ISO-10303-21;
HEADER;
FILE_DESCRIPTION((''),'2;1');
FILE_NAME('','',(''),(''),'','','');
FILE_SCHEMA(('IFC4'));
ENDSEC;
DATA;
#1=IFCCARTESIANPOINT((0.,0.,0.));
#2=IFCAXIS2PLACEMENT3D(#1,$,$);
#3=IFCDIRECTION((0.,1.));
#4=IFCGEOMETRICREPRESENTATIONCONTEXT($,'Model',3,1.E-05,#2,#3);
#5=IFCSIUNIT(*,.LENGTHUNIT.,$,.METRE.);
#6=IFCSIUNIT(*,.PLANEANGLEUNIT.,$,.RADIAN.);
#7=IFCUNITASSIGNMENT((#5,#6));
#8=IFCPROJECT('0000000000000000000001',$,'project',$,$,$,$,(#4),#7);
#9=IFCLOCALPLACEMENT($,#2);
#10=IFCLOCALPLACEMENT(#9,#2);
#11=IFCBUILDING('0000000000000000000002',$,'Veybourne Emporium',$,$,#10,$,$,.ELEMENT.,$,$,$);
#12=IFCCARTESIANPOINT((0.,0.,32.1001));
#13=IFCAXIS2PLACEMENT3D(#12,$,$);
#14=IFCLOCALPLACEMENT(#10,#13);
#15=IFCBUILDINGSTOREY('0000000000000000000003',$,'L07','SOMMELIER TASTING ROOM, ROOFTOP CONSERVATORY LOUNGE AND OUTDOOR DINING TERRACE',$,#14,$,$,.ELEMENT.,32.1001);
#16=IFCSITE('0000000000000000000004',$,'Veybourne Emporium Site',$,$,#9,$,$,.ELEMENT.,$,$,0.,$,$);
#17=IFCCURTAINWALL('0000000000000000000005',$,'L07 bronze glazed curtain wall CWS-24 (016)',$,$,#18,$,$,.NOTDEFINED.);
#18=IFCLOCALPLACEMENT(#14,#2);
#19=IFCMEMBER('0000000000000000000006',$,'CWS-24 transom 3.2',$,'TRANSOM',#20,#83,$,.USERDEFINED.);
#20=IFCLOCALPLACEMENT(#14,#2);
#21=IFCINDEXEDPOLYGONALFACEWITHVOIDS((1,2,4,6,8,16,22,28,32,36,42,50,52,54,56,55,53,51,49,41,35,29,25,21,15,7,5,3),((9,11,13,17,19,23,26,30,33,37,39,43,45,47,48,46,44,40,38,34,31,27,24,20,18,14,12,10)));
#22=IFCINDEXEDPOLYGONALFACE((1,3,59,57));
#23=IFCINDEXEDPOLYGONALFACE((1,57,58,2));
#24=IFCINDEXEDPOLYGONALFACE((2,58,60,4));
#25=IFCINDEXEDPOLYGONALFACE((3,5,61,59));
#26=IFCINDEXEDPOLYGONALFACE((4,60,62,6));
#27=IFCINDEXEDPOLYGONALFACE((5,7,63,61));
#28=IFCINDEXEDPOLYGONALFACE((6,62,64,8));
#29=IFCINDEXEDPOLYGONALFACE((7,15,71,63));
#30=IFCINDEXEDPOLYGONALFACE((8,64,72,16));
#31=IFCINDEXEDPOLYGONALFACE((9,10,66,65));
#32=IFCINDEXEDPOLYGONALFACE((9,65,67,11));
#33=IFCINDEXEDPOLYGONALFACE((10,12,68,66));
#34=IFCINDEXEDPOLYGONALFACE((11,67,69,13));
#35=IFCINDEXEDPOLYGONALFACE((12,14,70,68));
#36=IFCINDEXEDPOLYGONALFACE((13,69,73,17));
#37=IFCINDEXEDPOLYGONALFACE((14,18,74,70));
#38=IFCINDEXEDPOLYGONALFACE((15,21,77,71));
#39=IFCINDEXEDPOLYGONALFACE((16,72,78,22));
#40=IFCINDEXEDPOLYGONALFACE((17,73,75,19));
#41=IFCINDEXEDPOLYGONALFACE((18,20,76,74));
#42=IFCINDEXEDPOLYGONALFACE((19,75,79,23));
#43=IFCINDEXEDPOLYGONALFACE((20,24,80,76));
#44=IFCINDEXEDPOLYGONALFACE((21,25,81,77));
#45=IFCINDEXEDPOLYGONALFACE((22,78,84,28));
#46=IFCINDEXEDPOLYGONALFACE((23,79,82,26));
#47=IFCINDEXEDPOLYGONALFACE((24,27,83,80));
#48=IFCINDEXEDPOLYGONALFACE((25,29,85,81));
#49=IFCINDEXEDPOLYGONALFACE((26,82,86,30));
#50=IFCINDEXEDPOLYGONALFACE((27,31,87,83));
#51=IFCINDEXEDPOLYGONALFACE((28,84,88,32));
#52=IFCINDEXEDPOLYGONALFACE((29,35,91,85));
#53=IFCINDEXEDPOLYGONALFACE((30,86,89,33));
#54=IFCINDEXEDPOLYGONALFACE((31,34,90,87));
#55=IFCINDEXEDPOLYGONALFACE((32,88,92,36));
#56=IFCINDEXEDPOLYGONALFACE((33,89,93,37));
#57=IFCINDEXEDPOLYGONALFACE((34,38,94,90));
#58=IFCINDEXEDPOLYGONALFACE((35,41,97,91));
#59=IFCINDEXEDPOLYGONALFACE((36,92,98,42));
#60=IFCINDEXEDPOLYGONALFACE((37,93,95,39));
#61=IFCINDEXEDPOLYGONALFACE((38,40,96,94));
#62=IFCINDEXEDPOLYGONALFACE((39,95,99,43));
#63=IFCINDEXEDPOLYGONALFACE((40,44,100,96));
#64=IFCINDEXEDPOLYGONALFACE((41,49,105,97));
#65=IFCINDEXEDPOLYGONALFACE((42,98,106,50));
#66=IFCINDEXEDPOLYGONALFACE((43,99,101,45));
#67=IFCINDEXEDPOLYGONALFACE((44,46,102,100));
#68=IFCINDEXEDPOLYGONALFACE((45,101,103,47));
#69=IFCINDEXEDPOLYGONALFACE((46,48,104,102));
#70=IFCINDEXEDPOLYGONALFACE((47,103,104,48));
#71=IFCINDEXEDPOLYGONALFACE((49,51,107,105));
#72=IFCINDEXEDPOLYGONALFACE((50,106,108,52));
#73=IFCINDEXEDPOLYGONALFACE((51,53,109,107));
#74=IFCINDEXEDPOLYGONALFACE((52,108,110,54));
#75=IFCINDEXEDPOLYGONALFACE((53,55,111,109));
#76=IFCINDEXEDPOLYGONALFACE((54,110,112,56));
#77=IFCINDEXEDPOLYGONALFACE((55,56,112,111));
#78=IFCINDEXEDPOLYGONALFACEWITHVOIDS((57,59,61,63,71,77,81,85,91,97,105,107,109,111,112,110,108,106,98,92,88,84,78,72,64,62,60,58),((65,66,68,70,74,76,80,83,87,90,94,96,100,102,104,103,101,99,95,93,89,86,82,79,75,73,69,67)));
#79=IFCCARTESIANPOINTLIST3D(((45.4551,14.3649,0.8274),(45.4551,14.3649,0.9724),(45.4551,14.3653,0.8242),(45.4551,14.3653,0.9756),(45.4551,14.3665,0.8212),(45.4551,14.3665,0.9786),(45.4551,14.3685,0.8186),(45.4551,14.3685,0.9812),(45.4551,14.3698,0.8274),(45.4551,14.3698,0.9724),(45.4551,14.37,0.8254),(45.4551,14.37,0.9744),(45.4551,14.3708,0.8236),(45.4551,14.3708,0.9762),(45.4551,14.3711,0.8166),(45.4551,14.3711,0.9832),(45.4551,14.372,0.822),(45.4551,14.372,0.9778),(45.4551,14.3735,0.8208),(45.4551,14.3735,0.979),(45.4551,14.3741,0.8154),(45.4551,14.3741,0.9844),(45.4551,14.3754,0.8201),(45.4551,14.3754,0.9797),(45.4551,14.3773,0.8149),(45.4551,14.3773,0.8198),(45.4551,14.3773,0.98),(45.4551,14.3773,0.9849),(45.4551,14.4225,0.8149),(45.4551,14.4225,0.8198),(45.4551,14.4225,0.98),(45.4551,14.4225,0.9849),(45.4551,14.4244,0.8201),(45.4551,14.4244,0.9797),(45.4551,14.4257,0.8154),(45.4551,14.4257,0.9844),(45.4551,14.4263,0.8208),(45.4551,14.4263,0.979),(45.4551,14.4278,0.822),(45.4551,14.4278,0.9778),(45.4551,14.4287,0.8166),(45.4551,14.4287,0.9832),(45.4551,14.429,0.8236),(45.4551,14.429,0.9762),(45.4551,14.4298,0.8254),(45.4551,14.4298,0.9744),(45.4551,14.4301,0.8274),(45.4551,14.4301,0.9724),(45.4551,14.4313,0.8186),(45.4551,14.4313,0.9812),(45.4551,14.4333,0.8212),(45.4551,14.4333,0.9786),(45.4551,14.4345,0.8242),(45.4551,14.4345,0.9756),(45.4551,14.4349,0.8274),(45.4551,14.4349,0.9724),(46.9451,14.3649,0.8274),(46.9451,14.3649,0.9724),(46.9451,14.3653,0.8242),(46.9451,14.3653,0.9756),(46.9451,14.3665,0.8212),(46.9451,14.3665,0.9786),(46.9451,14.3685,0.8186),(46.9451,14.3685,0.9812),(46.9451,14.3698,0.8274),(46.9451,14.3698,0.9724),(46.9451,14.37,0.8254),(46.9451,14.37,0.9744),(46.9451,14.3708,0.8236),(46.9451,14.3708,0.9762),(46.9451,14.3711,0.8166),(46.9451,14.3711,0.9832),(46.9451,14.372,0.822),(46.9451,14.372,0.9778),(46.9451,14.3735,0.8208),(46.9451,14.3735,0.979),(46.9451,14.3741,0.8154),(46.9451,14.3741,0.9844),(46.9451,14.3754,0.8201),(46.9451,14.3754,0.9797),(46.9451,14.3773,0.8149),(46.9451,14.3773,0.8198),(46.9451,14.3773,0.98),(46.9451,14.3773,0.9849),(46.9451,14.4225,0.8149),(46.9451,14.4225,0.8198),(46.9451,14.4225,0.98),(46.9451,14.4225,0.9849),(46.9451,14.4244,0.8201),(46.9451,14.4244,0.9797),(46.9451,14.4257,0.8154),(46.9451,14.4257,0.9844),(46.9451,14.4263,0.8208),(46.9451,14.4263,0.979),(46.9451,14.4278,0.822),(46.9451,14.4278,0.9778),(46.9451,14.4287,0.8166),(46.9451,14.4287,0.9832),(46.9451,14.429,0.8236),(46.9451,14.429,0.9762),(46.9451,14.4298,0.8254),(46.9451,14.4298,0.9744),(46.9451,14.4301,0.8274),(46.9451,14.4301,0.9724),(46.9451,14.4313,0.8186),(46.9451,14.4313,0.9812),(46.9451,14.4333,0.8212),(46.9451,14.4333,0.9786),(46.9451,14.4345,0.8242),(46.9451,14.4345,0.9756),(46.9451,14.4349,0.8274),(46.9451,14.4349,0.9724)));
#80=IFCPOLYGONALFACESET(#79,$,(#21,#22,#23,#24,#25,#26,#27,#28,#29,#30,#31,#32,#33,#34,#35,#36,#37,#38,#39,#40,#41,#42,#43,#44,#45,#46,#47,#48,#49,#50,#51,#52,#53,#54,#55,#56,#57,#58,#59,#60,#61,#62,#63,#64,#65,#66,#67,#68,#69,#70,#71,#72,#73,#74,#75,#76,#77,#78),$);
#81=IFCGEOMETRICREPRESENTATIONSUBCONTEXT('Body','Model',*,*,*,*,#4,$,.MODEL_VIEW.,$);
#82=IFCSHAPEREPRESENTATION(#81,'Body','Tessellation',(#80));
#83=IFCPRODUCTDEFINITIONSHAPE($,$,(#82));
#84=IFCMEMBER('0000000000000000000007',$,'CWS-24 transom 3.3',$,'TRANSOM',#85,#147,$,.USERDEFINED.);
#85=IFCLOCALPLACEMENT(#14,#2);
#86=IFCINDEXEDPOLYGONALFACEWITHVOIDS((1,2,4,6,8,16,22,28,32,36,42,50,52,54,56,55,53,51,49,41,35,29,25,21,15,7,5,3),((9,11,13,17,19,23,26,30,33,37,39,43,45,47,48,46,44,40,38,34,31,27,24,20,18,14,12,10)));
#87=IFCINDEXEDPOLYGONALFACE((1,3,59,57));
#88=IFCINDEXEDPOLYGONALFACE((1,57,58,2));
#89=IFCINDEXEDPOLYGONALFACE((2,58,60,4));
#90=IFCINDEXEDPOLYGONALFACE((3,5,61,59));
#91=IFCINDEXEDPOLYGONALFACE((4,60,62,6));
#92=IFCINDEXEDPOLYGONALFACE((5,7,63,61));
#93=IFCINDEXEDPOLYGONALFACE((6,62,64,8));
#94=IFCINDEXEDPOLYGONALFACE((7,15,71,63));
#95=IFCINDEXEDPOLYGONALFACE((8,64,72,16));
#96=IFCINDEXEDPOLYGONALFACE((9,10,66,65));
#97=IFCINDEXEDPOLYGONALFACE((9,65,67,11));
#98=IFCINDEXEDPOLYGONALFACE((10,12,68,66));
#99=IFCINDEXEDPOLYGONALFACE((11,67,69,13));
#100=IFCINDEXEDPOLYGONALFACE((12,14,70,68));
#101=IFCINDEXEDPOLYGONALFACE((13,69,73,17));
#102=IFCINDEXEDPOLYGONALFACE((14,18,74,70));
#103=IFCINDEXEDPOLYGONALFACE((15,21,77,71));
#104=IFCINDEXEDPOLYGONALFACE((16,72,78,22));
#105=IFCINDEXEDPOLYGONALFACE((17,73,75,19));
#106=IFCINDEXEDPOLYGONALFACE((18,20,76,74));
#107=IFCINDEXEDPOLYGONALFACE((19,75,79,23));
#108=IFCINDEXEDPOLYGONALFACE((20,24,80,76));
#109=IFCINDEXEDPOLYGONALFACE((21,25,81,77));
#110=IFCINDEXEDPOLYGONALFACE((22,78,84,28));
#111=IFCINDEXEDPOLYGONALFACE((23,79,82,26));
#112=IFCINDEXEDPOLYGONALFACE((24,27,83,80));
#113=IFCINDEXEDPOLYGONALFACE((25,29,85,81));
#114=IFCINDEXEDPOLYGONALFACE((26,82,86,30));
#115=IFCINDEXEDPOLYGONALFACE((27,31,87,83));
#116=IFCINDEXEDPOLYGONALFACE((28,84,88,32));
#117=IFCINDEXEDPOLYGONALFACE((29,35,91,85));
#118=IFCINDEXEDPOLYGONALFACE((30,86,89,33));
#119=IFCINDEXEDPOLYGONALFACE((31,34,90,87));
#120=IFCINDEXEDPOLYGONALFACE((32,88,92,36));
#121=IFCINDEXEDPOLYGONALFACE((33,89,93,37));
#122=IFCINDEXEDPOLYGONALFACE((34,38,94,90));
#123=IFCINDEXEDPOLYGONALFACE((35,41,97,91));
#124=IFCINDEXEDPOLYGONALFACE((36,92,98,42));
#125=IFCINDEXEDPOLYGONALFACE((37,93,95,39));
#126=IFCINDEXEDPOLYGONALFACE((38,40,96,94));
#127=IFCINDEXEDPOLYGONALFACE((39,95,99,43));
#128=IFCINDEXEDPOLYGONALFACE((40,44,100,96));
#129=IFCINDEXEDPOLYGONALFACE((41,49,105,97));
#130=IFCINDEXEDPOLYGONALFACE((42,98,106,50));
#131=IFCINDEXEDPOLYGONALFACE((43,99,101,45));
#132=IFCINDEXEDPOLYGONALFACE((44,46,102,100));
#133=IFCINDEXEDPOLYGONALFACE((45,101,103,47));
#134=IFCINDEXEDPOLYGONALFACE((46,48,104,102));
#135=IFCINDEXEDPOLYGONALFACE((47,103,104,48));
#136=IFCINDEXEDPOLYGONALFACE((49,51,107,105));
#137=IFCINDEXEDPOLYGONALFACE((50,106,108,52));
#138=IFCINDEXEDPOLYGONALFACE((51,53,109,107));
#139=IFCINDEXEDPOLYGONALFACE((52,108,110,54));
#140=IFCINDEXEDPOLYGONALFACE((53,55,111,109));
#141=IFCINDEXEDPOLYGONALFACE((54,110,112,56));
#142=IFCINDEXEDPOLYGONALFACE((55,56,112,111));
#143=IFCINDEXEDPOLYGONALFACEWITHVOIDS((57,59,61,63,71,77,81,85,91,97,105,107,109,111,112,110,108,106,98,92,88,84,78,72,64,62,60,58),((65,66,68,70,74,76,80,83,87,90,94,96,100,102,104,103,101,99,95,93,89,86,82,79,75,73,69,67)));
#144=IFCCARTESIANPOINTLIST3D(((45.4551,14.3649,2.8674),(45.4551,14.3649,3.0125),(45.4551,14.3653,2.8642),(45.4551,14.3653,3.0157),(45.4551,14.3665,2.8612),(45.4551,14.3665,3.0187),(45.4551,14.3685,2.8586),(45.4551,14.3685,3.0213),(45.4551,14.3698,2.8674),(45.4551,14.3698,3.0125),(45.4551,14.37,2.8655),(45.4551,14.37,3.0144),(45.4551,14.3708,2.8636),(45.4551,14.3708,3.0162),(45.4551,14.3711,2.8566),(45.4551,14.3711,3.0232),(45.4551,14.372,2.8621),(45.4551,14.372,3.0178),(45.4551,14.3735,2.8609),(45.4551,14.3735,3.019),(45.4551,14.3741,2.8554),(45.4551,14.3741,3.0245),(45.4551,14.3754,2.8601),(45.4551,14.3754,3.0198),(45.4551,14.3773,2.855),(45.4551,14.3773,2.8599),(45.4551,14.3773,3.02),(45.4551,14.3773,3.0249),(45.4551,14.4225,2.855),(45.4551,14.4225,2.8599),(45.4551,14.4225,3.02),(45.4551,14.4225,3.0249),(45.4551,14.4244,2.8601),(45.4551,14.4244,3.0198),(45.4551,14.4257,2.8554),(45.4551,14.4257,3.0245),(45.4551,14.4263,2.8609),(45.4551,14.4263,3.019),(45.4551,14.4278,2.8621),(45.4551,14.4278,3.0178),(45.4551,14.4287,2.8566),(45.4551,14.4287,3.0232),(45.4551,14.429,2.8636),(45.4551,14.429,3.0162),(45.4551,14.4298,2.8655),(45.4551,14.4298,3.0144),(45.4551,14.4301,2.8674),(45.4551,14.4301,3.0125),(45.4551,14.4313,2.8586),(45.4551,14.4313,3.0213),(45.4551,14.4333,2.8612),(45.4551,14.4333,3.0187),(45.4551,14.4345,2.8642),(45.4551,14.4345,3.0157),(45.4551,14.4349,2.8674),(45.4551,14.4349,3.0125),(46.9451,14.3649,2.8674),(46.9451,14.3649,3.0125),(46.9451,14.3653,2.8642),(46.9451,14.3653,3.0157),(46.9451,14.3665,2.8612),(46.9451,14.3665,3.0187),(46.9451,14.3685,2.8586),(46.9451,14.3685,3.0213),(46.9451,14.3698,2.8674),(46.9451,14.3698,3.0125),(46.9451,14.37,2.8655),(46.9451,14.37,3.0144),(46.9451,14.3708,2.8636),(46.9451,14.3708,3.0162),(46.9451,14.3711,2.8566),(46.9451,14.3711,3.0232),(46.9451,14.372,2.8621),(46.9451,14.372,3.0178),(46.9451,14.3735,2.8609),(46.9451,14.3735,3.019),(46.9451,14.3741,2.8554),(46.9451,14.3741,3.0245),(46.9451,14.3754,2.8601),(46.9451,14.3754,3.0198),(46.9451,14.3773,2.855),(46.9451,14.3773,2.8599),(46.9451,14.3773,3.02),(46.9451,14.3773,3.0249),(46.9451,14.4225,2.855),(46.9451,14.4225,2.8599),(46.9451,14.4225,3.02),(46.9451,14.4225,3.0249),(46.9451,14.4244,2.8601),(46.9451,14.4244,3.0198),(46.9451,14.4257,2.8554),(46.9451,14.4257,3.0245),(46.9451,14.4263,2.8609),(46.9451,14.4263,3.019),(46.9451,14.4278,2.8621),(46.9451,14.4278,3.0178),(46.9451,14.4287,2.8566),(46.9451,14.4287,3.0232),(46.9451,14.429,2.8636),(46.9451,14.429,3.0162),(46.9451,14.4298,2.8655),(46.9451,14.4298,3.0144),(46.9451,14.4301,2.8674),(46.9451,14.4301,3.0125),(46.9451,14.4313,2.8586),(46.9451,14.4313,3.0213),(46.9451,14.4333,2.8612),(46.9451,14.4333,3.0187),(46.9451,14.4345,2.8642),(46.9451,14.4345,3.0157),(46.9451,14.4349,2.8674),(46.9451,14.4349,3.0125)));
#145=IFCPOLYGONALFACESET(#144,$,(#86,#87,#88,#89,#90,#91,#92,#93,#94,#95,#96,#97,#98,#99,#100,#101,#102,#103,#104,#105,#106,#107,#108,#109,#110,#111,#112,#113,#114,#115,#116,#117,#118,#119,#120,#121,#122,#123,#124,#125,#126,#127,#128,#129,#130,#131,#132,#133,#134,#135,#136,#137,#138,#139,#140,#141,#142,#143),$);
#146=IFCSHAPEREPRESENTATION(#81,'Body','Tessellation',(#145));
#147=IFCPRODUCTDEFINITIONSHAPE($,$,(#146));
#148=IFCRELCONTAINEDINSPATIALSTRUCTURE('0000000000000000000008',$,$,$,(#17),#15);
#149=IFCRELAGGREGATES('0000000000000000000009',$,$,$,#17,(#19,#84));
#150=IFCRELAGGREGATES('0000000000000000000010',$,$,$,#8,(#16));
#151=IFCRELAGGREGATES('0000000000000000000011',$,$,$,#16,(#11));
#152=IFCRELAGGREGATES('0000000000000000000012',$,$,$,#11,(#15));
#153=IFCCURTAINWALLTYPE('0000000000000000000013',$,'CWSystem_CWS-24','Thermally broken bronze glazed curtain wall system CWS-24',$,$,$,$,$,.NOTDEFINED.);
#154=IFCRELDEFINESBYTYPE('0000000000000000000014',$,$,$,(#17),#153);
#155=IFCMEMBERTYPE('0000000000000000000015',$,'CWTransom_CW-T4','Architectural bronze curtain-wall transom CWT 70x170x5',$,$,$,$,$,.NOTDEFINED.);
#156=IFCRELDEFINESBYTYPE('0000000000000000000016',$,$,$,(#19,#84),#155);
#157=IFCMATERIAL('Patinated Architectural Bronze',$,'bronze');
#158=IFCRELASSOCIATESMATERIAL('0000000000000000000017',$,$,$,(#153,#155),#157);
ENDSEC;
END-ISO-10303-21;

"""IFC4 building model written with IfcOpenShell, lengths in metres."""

from ifc_helpers import new_model, si_unit, direction, frame, origin, origin_2d, place, context, subcontext, project, spatial, hollow_rectangle, extrude, material, material_profile, profile_set, type_object, element, aggregate, save


model = new_model("IFC4")

# Units and contexts
model_context = context("Model", 3, precision=1e-05, world=origin(), true_north=direction((0.0, 1.0)))
body_context = subcontext(model_context, "Body", "Model", "MODEL_VIEW")
ifc_project = project(units=[si_unit("LENGTHUNIT", "METRE"), si_unit("PLANEANGLEUNIT", "RADIAN")], contexts=[model_context])

# Site, building, storey
site_placement = place(None, origin())
site = spatial("IfcSite", under=ifc_project, at=site_placement, Name="Veybourne Emporium Site", CompositionType="ELEMENT", RefElevation=0.0)
building_placement = place(site_placement, origin())
building = spatial("IfcBuilding", under=site, at=building_placement, Name="Veybourne Emporium", CompositionType="ELEMENT")
storey_placement = place(building_placement, frame((0.0, 0.0, 32.1001)))
storey = spatial("IfcBuildingStorey", under=building, at=storey_placement, Name="L07", Description="SOMMELIER TASTING ROOM, ROOFTOP CONSERVATORY LOUNGE AND OUTDOOR DINING TERRACE", CompositionType="ELEMENT", Elevation=32.1001)

# Curtain wall, members
ifc_material_1 = material(Name="Patinated Architectural Bronze", Category="bronze")
curtain_wall_type = type_object("IfcCurtainWallType", Name="CWSystem_CWS-24", Description="Thermally broken bronze glazed curtain wall system CWS-24", PredefinedType="NOTDEFINED", material=ifc_material_1)
curtain_wall_placement = place(storey_placement, origin())
curtain_wall = element("IfcCurtainWall", 1, at=curtain_wall_placement, inside=storey, type_object=curtain_wall_type, Name="L07 bronze glazed curtain wall CWS-24 (016)", PredefinedType="NOTDEFINED")
ifc_material_profile_1 = material_profile(ifc_material_1, hollow_rectangle(XDim=0.0701, YDim=0.1699, WallThickness=0.0049, InnerFilletRadius=0.0076, OuterFilletRadius=0.0125, at=origin_2d()), Name="CWT 70x170x5")
ifc_profile_set_1 = profile_set([ifc_material_profile_1], Name="Patinated Architectural Bronze")
member_type_1 = type_object("IfcMemberType", Name="CWTransom_CW-T4", Description="Architectural bronze curtain-wall transom CWT 70x170x5", PredefinedType="NOTDEFINED", material=ifc_profile_set_1)
member_1_placement = place(storey_placement, frame((46.9451, 14.3999, 0.8999), z_axis=(-1.0, 0.0, 0.0), x_axis=(0.0, -1.0, 0.0)))
member_1 = element("IfcMember", 2, at=member_1_placement, type_object=member_type_1, Name="CWS-24 transom 3.2", ObjectType="TRANSOM", PredefinedType="USERDEFINED", context=body_context, shape_type="SweptSolid", body=[
    extrude(hollow_rectangle(XDim=0.0701, YDim=0.1699, WallThickness=0.0049, InnerFilletRadius=0.0076, OuterFilletRadius=0.0125, at=origin_2d()), origin(), (0.0, 0.0, 1.0), 1.49),
])
member_2_placement = place(storey_placement, frame((46.9451, 14.3999, 2.9399), z_axis=(-1.0, 0.0, 0.0), x_axis=(0.0, -1.0, 0.0)))
member_2 = element("IfcMember", 3, at=member_2_placement, type_object=member_type_1, Name="CWS-24 transom 3.3", ObjectType="TRANSOM", PredefinedType="USERDEFINED", context=body_context, shape_type="SweptSolid", body=[
    extrude(hollow_rectangle(XDim=0.0701, YDim=0.1699, WallThickness=0.0049, InnerFilletRadius=0.0076, OuterFilletRadius=0.0125, at=origin_2d()), origin(), (0.0, 0.0, 1.0), 1.49),
])
aggregate(curtain_wall, [member_1, member_2])

save(model, "model.ifc")
